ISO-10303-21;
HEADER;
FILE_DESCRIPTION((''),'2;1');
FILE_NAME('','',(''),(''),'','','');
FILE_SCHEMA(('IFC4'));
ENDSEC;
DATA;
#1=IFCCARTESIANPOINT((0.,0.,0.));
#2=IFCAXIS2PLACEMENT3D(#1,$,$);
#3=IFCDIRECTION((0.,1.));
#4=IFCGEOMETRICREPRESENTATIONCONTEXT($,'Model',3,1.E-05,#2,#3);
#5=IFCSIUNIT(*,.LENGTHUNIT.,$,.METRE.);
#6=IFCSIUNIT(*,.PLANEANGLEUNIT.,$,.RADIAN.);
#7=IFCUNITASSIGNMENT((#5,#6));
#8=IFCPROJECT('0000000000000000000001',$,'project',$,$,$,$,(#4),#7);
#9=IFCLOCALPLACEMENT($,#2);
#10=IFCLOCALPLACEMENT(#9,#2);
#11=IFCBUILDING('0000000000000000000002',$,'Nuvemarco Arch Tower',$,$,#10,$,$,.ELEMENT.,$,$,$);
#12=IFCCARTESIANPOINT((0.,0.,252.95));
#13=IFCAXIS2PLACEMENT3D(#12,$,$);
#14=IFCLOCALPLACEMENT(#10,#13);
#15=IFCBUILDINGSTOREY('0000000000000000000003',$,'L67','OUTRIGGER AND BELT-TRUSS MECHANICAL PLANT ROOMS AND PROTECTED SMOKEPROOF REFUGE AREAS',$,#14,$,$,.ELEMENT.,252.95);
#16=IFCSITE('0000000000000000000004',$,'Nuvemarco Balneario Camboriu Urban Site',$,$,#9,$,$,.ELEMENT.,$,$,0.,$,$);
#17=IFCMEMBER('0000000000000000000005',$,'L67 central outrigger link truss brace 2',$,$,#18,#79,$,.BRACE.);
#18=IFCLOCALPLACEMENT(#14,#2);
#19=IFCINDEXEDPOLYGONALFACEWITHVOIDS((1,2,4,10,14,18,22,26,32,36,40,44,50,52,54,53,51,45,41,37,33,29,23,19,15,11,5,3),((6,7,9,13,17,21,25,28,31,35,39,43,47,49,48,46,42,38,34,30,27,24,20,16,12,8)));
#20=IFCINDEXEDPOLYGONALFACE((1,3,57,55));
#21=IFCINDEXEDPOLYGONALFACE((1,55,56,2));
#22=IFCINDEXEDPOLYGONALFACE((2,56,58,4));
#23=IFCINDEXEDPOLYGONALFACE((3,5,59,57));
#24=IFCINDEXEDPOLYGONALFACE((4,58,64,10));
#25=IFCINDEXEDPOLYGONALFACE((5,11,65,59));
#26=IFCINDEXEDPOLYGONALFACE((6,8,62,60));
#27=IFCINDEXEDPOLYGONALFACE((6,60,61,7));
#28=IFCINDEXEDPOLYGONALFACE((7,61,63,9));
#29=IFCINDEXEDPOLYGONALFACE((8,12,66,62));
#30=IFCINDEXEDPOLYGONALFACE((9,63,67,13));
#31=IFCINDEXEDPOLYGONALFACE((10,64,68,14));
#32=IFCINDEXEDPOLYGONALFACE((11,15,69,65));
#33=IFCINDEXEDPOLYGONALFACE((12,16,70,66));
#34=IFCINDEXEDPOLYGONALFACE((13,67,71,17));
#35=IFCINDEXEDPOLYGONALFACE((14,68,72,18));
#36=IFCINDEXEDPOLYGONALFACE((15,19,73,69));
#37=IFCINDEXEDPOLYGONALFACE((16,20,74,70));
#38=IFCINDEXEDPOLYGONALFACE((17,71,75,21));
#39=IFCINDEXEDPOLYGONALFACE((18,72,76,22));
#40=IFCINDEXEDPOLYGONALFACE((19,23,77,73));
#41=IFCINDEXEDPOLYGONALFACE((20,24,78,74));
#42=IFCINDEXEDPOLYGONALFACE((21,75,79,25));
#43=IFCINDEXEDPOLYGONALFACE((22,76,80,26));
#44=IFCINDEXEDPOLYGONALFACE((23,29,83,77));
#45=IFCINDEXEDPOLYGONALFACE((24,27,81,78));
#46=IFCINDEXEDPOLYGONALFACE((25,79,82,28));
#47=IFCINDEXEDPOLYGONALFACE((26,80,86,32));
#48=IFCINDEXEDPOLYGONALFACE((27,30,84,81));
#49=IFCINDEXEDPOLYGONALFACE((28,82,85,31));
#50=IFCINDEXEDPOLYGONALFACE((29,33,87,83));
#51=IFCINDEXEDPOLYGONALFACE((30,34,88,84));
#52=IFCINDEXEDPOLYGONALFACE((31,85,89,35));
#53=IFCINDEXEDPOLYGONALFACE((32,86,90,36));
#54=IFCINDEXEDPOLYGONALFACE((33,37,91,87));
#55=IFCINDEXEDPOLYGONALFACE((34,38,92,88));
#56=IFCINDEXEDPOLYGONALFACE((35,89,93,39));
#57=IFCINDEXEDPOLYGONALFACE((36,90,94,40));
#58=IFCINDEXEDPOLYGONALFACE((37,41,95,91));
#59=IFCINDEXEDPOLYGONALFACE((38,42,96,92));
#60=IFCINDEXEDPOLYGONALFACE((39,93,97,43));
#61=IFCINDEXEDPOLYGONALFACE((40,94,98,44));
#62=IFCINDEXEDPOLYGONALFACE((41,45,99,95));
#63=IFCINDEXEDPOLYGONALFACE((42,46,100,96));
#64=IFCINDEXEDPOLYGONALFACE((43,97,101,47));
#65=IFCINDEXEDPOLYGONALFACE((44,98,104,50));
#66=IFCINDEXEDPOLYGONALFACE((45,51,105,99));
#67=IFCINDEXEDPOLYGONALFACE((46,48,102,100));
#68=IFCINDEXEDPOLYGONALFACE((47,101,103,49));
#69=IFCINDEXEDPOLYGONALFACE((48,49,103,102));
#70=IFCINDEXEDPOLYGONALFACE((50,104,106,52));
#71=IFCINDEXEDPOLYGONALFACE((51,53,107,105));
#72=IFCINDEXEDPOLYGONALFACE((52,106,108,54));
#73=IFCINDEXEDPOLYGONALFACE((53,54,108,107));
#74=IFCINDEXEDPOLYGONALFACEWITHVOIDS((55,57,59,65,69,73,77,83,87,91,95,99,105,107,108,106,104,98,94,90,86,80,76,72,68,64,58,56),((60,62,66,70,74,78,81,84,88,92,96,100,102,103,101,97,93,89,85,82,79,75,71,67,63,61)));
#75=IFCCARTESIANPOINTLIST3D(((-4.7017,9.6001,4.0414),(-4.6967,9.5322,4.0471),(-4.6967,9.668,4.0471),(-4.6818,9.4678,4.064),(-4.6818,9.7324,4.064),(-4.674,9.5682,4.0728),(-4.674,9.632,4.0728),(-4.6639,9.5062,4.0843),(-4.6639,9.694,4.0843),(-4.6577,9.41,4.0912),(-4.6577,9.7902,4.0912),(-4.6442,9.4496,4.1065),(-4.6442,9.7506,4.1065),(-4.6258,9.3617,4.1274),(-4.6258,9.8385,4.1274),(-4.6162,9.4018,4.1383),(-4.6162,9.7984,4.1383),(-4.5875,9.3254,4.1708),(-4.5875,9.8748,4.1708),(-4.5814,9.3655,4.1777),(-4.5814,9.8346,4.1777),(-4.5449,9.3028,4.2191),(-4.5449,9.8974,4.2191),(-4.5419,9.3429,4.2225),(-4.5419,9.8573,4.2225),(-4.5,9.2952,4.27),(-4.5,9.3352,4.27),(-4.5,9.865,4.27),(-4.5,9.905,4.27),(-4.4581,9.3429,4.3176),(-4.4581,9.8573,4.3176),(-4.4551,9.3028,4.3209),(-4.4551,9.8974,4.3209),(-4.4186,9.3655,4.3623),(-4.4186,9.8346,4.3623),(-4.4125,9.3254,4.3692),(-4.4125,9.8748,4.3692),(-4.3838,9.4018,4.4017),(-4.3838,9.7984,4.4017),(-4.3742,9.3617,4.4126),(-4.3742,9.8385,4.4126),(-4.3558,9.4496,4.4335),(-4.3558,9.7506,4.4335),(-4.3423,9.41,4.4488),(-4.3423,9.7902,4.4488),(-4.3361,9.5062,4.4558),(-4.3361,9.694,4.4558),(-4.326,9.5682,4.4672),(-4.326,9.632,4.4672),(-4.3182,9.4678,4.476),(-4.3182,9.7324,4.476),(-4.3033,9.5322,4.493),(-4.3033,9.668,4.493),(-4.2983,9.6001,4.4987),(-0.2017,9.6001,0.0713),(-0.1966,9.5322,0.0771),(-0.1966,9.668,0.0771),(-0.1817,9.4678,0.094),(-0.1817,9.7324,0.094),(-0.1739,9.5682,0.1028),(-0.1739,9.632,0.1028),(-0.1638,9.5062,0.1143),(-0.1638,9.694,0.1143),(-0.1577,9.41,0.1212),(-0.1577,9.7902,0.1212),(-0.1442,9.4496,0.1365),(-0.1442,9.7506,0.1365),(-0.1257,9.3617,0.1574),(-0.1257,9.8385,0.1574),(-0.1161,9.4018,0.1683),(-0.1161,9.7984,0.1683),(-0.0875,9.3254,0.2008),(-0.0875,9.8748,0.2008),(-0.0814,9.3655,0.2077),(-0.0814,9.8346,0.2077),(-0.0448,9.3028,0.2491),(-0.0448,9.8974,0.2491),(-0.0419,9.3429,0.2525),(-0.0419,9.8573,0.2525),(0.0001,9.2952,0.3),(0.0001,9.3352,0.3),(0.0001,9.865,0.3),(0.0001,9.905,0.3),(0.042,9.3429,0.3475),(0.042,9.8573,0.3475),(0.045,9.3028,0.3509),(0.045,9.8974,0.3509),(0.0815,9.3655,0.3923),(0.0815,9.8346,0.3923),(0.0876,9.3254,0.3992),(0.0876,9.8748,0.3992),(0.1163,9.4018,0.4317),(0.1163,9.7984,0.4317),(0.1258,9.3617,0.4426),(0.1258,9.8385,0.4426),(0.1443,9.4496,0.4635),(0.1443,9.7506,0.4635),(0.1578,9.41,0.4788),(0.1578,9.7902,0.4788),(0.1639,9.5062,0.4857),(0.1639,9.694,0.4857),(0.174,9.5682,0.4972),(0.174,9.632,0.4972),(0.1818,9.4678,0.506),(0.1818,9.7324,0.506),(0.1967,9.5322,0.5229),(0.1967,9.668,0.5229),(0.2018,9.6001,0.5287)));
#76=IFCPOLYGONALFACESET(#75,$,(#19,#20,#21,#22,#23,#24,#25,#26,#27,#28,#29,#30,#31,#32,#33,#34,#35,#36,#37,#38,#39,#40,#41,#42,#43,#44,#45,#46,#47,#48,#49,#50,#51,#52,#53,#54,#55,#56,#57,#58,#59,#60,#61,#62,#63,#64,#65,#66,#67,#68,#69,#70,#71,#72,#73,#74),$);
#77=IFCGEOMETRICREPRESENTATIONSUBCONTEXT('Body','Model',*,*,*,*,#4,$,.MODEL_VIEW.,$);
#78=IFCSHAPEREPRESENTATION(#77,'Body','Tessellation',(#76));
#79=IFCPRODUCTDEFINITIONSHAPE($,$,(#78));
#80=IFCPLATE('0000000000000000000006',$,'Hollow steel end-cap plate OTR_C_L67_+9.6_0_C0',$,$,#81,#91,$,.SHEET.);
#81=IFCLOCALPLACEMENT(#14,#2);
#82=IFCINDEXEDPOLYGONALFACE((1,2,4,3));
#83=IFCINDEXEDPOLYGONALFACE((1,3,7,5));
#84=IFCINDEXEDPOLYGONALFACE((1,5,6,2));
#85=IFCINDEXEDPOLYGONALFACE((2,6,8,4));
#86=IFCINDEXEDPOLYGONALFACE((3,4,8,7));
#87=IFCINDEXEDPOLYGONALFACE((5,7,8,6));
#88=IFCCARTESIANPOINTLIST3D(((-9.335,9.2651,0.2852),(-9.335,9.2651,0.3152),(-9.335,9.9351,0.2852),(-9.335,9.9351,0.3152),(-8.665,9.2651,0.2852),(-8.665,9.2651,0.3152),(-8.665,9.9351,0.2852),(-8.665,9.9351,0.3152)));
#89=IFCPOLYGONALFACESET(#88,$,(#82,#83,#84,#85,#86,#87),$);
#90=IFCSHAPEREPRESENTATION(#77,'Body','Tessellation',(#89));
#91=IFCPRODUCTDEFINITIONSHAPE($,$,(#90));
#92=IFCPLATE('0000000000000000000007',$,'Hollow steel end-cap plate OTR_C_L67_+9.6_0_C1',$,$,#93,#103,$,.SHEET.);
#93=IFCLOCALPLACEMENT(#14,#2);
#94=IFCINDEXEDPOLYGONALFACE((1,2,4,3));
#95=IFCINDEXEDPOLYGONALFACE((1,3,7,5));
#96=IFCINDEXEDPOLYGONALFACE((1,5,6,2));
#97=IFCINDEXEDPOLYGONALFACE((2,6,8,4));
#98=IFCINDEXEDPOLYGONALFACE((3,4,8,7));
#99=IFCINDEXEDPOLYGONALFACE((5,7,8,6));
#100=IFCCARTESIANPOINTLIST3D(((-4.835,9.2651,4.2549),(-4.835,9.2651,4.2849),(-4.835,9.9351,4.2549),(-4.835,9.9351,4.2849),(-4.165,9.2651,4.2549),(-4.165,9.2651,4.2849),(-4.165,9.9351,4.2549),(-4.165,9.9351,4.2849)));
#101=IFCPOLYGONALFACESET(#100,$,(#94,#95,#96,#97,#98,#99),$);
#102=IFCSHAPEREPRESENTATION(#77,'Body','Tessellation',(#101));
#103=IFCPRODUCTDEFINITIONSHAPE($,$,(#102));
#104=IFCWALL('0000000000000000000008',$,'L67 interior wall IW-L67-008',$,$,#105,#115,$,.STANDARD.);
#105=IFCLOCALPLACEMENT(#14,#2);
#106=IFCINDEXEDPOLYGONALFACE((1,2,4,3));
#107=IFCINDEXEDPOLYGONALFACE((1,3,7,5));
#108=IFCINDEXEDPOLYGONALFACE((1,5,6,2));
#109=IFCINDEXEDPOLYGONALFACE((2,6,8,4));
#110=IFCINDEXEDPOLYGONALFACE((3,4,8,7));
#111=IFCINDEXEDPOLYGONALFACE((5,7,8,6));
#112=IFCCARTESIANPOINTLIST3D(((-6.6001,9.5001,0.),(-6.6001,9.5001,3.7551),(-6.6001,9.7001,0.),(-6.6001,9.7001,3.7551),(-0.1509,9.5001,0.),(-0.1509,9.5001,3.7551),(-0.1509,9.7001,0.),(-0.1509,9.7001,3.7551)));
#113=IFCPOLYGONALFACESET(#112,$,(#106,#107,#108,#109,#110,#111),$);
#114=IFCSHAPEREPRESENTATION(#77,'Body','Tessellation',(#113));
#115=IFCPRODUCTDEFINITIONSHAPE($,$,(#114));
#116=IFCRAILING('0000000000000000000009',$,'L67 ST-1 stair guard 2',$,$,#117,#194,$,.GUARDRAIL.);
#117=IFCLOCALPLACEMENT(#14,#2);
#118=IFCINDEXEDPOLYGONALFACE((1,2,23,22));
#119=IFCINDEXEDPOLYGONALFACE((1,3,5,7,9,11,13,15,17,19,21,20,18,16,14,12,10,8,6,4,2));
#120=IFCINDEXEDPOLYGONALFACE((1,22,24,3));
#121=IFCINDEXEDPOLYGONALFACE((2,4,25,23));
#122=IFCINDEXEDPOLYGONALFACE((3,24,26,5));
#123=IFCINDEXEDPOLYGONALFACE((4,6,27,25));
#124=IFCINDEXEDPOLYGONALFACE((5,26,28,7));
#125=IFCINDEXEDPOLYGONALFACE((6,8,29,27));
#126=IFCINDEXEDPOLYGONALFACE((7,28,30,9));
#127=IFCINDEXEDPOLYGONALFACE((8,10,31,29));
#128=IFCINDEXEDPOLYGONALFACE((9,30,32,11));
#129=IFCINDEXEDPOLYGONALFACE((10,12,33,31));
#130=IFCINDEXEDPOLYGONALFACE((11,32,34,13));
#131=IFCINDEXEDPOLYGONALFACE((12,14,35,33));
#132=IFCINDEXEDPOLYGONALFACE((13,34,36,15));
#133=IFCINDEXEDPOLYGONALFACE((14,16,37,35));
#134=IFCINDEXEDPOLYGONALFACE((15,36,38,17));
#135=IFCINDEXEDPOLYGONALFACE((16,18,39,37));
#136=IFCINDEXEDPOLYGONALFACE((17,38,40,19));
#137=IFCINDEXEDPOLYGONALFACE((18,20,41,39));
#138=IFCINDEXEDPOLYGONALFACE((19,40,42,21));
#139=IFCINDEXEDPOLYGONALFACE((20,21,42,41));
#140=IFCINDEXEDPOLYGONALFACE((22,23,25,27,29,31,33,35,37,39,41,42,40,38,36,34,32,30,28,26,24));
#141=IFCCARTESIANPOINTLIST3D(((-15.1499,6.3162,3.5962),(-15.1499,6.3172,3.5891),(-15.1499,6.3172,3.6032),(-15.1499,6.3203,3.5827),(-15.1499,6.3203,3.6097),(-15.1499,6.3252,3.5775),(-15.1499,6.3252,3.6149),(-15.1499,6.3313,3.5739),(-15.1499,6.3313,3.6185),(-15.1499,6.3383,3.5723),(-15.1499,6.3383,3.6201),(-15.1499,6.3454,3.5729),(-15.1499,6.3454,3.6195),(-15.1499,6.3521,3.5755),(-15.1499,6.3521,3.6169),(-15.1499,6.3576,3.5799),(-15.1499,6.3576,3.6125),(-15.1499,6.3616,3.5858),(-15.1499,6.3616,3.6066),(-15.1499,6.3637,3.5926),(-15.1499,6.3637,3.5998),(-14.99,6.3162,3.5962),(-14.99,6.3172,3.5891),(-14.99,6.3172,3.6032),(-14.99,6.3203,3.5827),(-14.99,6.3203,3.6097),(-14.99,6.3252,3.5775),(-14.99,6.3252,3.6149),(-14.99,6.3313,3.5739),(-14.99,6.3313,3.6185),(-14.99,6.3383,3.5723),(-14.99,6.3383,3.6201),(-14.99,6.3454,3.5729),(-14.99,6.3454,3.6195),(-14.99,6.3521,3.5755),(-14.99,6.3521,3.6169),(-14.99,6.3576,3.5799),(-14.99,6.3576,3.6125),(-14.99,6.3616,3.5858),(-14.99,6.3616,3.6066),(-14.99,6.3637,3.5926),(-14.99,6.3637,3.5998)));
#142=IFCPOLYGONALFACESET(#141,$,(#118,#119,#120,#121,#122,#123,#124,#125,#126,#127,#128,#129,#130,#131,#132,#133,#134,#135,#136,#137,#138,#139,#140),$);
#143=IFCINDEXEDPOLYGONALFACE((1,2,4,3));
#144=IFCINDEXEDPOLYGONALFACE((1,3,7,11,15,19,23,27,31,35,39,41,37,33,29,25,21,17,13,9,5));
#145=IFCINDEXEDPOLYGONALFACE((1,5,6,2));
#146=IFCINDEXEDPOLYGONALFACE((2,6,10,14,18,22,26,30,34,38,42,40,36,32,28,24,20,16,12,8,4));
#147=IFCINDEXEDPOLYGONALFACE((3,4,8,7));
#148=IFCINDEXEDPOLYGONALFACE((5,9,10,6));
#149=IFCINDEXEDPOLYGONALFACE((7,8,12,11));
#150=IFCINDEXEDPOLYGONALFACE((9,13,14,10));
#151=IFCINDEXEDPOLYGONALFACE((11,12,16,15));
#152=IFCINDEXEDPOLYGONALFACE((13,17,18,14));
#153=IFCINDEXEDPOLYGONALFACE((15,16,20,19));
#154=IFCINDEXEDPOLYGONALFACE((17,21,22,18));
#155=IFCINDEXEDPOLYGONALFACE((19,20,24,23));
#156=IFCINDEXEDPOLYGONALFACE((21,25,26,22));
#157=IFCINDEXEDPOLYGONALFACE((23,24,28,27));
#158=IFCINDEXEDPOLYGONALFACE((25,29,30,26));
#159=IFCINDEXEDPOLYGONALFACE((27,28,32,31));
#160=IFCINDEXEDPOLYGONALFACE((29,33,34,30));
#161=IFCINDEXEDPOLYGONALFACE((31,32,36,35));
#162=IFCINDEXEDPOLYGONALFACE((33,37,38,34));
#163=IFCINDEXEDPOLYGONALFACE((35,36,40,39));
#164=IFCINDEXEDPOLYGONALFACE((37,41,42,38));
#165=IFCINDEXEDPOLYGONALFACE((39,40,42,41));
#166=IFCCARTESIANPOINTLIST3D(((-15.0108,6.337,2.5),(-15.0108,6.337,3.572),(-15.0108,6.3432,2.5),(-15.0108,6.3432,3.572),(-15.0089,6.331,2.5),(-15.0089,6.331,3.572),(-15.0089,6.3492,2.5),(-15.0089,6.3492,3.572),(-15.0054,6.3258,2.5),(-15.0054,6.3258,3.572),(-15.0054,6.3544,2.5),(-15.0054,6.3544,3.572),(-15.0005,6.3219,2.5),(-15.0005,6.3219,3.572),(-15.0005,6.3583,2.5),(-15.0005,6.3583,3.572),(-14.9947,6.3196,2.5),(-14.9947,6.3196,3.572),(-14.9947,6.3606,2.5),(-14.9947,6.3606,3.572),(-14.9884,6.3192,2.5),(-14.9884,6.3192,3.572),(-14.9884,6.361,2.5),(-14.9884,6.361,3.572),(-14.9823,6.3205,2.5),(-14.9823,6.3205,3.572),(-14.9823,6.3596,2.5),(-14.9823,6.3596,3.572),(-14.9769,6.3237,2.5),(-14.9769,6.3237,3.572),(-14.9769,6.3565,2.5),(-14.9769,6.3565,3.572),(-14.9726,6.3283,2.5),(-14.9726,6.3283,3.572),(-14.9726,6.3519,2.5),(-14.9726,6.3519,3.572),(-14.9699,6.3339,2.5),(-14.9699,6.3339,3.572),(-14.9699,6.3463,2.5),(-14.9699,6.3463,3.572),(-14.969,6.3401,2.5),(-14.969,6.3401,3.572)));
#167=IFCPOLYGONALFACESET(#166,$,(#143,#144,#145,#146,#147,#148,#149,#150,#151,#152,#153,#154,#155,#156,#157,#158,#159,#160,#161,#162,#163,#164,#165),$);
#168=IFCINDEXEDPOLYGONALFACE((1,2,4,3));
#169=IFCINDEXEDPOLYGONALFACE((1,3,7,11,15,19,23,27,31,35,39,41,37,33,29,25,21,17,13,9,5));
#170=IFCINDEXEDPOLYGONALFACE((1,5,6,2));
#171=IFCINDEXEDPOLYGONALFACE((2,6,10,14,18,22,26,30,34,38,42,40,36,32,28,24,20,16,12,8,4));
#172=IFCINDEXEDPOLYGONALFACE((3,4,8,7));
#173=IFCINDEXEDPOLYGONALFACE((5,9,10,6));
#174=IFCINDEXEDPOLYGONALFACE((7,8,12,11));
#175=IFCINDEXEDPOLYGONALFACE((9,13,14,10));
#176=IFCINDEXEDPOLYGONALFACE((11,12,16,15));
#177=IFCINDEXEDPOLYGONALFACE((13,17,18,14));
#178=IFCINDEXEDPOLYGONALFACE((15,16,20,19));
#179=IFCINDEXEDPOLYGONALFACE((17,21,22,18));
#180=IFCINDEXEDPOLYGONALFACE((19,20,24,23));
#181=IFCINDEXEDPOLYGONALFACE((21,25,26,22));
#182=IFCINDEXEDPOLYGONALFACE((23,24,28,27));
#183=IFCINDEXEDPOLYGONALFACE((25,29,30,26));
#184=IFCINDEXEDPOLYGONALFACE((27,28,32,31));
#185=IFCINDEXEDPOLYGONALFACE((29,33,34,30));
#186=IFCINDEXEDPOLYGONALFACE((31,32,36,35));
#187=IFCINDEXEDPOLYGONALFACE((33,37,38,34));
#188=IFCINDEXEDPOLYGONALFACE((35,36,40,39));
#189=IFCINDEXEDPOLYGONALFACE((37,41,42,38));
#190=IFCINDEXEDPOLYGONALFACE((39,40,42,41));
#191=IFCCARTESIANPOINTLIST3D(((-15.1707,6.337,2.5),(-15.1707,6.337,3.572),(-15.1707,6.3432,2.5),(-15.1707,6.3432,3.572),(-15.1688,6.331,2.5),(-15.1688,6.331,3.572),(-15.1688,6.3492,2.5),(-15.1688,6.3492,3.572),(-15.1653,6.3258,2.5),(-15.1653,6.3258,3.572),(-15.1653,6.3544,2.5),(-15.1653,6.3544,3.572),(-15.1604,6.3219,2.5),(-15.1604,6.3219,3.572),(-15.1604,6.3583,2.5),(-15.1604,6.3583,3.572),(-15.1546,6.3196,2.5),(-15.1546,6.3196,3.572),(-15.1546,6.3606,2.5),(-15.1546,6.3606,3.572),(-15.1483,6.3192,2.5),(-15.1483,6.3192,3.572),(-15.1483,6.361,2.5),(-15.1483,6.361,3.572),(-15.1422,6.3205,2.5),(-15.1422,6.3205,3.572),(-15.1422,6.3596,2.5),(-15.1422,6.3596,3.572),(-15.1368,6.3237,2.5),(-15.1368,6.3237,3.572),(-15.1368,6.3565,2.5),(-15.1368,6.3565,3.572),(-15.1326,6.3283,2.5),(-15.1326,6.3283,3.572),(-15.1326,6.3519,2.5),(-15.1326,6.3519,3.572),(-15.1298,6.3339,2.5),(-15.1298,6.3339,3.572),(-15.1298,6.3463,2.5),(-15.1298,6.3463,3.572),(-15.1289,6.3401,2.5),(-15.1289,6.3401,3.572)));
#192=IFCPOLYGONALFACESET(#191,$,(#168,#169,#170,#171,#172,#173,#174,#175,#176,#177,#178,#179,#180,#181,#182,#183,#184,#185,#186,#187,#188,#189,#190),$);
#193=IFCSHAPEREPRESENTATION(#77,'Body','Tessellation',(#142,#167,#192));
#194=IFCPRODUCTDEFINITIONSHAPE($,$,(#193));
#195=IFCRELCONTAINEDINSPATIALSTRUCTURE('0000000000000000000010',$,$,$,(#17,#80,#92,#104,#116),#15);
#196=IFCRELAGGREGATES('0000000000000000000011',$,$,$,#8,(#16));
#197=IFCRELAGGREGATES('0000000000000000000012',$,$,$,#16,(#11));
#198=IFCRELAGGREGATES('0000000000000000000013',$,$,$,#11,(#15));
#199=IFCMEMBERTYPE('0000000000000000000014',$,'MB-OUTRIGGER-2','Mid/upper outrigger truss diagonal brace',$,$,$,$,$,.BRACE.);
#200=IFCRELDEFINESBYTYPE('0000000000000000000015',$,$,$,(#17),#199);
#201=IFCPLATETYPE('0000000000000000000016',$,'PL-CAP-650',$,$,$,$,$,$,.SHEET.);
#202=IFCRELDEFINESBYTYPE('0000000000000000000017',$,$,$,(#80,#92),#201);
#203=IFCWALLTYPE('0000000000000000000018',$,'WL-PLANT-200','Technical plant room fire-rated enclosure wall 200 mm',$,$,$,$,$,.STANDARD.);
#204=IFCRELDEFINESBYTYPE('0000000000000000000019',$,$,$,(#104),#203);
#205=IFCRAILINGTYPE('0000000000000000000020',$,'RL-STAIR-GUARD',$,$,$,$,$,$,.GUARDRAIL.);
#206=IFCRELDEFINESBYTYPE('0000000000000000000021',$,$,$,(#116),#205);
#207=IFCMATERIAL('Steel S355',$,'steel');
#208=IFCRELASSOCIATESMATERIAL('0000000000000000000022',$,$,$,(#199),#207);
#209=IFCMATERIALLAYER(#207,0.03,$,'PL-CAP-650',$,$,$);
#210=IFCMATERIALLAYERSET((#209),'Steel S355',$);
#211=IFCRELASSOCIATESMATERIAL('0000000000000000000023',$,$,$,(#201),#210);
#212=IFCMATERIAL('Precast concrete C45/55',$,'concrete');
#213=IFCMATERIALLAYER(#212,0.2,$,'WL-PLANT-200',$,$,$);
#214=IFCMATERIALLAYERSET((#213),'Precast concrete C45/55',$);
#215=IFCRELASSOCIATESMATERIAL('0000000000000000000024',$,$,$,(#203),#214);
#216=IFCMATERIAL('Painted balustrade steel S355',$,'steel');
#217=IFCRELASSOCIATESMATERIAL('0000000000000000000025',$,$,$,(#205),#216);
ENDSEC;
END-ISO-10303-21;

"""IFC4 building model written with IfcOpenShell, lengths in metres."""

from ifc_helpers import new_model, si_unit, direction, frame, frame_2d, origin, origin_2d, place, context, subcontext, project, spatial, rectangle, circle, hollow_circle, extrude, source, transform, mapped, material, layer, layer_set, material_profile, profile_set, type_object, type_shapes, element, save


model = new_model("IFC4")

# Units and contexts
model_context = context("Model", 3, precision=1e-05, world=origin(), true_north=direction((0.0, 1.0)))
body_context = subcontext(model_context, "Body", "Model", "MODEL_VIEW")
ifc_project = project(units=[si_unit("LENGTHUNIT", "METRE"), si_unit("PLANEANGLEUNIT", "RADIAN")], contexts=[model_context])

# Site, building, storey
site_placement = place(None, origin())
site = spatial("IfcSite", under=ifc_project, at=site_placement, Name="Nuvemarco Balneario Camboriu Urban Site", CompositionType="ELEMENT", RefElevation=0.0)
building_placement = place(site_placement, origin())
building = spatial("IfcBuilding", under=site, at=building_placement, Name="Nuvemarco Arch Tower", CompositionType="ELEMENT")
storey_placement = place(building_placement, frame((0.0, 0.0, 252.95)))
storey = spatial("IfcBuildingStorey", under=building, at=storey_placement, Name="L67", Description="OUTRIGGER AND BELT-TRUSS MECHANICAL PLANT ROOMS AND PROTECTED SMOKEPROOF REFUGE AREAS", CompositionType="ELEMENT", Elevation=252.95)

# Shared definitions
ifc_material_1 = material(Name="Steel S355", Category="steel")

# Shared definitions
ifc_material_2 = material(Name="Precast concrete C45/55", Category="concrete")

# Member
ifc_material_profile_1 = material_profile(ifc_material_1, hollow_circle(Radius=0.3049, WallThickness=0.04, at=origin_2d()), Name="CHS610x40")
ifc_profile_set_1 = profile_set([ifc_material_profile_1], Name="Steel S355")
member_type = type_object("IfcMemberType", Name="MB-OUTRIGGER-2", Description="Mid/upper outrigger truss diagonal brace", PredefinedType="BRACE", material=ifc_profile_set_1)
for number, where, z_axis, x_axis, name in (
    (1, (-4.5, 9.6001, 4.27), (0.749889, 0.0, -0.661564), (0.0, 1.0, 0.0), "L67 central outrigger link truss brace 2"),
):
    element("IfcMember", number, at=place(storey_placement, frame(where, z_axis=z_axis, x_axis=x_axis)), inside=storey, type_object=member_type, Name=name, PredefinedType="BRACE", context=body_context, shape_type="SweptSolid", body=[
        extrude(hollow_circle(Radius=0.3049, WallThickness=0.04, at=origin_2d()), origin(), (0.0, 0.0, 1.0), 6.001),
    ])

# Plates
ifc_layer_1 = layer(ifc_material_1, 0.03, Name="PL-CAP-650")
ifc_layer_set_1 = layer_set([ifc_layer_1], Name="Steel S355")
plate_type = type_object("IfcPlateType", Name="PL-CAP-650", PredefinedType="SHEET", material=ifc_layer_set_1)
shared_shape_1 = source(origin(), body_context, "Body", "SweptSolid", [
    extrude(rectangle(XDim=0.6699, YDim=0.6699, at=origin_2d()), origin(), (0.0, 0.0, 1.0), 0.03),
])
type_shapes(plate_type, [shared_shape_1])
for number, where, z_axis, x_axis, name in (
    (2, (-9.0, 9.6001, 0.2852), (0.0, 0.0, 1.0), (1.0, 0.0, 0.0), "Hollow steel end-cap plate OTR_C_L67_+9.6_0_C0"),
    (3, (-4.5, 9.6001, 4.2549), (0.0, 0.0, 1.0), (1.0, 0.0, 0.0), "Hollow steel end-cap plate OTR_C_L67_+9.6_0_C1"),
):
    element("IfcPlate", number, at=place(storey_placement, frame(where, z_axis=z_axis, x_axis=x_axis)), inside=storey, type_object=plate_type, Name=name, PredefinedType="SHEET", context=body_context, shape_type="MappedRepresentation", body=[
        mapped(shared_shape_1, transform((0.0, 0.0, 0.0), scale=1.0)),
    ])

# Wall
ifc_layer_2 = layer(ifc_material_2, 0.2, Name="WL-PLANT-200")
ifc_layer_set_2 = layer_set([ifc_layer_2], Name="Precast concrete C45/55")
wall_type = type_object("IfcWallType", Name="WL-PLANT-200", Description="Technical plant room fire-rated enclosure wall 200 mm", PredefinedType="STANDARD", material=ifc_layer_set_2)
wall_placement = place(storey_placement, frame((-6.6001, 9.6001, 0.0), z_axis=(0.0, 0.0, 1.0), x_axis=(1.0, 0.0, 0.0)))
element("IfcWall", 4, at=wall_placement, inside=storey, type_object=wall_type, Name="L67 interior wall IW-L67-008", PredefinedType="STANDARD", context=body_context, shape_type="SweptSolid", body=[
    extrude(rectangle(XDim=6.4492, YDim=0.2, at=frame_2d((3.2246, 0.0))), origin(), (0.0, 0.0, 1.0), 3.7551),
])

# Railing
ifc_material_3 = material(Name="Painted balustrade steel S355", Category="steel")
railing_type = type_object("IfcRailingType", Name="RL-STAIR-GUARD", PredefinedType="GUARDRAIL", material=ifc_material_3)
railing_placement = place(storey_placement, frame((-14.99, 6.3401, 2.5)))
element("IfcRailing", 5, at=railing_placement, inside=storey, type_object=railing_type, Name="L67 ST-1 stair guard 2", PredefinedType="GUARDRAIL", context=body_context, shape_type="SweptSolid", body=[
    extrude(circle(Radius=0.0239, at=origin_2d()), frame((0.0, 0.0, 1.0962), z_axis=(-1.0, 0.0, 0.0), x_axis=(0.0, -1.0, 0.0)), (0.0, 0.0, 1.0), 0.1599),
    extrude(circle(Radius=0.021, at=origin_2d()), origin(), (0.0, 0.0, 1.0), 1.072),
    extrude(circle(Radius=0.021, at=origin_2d()), frame((-0.1599, 0.0, 0.0)), (0.0, 0.0, 1.0), 1.072),
])

save(model, "model.ifc")
